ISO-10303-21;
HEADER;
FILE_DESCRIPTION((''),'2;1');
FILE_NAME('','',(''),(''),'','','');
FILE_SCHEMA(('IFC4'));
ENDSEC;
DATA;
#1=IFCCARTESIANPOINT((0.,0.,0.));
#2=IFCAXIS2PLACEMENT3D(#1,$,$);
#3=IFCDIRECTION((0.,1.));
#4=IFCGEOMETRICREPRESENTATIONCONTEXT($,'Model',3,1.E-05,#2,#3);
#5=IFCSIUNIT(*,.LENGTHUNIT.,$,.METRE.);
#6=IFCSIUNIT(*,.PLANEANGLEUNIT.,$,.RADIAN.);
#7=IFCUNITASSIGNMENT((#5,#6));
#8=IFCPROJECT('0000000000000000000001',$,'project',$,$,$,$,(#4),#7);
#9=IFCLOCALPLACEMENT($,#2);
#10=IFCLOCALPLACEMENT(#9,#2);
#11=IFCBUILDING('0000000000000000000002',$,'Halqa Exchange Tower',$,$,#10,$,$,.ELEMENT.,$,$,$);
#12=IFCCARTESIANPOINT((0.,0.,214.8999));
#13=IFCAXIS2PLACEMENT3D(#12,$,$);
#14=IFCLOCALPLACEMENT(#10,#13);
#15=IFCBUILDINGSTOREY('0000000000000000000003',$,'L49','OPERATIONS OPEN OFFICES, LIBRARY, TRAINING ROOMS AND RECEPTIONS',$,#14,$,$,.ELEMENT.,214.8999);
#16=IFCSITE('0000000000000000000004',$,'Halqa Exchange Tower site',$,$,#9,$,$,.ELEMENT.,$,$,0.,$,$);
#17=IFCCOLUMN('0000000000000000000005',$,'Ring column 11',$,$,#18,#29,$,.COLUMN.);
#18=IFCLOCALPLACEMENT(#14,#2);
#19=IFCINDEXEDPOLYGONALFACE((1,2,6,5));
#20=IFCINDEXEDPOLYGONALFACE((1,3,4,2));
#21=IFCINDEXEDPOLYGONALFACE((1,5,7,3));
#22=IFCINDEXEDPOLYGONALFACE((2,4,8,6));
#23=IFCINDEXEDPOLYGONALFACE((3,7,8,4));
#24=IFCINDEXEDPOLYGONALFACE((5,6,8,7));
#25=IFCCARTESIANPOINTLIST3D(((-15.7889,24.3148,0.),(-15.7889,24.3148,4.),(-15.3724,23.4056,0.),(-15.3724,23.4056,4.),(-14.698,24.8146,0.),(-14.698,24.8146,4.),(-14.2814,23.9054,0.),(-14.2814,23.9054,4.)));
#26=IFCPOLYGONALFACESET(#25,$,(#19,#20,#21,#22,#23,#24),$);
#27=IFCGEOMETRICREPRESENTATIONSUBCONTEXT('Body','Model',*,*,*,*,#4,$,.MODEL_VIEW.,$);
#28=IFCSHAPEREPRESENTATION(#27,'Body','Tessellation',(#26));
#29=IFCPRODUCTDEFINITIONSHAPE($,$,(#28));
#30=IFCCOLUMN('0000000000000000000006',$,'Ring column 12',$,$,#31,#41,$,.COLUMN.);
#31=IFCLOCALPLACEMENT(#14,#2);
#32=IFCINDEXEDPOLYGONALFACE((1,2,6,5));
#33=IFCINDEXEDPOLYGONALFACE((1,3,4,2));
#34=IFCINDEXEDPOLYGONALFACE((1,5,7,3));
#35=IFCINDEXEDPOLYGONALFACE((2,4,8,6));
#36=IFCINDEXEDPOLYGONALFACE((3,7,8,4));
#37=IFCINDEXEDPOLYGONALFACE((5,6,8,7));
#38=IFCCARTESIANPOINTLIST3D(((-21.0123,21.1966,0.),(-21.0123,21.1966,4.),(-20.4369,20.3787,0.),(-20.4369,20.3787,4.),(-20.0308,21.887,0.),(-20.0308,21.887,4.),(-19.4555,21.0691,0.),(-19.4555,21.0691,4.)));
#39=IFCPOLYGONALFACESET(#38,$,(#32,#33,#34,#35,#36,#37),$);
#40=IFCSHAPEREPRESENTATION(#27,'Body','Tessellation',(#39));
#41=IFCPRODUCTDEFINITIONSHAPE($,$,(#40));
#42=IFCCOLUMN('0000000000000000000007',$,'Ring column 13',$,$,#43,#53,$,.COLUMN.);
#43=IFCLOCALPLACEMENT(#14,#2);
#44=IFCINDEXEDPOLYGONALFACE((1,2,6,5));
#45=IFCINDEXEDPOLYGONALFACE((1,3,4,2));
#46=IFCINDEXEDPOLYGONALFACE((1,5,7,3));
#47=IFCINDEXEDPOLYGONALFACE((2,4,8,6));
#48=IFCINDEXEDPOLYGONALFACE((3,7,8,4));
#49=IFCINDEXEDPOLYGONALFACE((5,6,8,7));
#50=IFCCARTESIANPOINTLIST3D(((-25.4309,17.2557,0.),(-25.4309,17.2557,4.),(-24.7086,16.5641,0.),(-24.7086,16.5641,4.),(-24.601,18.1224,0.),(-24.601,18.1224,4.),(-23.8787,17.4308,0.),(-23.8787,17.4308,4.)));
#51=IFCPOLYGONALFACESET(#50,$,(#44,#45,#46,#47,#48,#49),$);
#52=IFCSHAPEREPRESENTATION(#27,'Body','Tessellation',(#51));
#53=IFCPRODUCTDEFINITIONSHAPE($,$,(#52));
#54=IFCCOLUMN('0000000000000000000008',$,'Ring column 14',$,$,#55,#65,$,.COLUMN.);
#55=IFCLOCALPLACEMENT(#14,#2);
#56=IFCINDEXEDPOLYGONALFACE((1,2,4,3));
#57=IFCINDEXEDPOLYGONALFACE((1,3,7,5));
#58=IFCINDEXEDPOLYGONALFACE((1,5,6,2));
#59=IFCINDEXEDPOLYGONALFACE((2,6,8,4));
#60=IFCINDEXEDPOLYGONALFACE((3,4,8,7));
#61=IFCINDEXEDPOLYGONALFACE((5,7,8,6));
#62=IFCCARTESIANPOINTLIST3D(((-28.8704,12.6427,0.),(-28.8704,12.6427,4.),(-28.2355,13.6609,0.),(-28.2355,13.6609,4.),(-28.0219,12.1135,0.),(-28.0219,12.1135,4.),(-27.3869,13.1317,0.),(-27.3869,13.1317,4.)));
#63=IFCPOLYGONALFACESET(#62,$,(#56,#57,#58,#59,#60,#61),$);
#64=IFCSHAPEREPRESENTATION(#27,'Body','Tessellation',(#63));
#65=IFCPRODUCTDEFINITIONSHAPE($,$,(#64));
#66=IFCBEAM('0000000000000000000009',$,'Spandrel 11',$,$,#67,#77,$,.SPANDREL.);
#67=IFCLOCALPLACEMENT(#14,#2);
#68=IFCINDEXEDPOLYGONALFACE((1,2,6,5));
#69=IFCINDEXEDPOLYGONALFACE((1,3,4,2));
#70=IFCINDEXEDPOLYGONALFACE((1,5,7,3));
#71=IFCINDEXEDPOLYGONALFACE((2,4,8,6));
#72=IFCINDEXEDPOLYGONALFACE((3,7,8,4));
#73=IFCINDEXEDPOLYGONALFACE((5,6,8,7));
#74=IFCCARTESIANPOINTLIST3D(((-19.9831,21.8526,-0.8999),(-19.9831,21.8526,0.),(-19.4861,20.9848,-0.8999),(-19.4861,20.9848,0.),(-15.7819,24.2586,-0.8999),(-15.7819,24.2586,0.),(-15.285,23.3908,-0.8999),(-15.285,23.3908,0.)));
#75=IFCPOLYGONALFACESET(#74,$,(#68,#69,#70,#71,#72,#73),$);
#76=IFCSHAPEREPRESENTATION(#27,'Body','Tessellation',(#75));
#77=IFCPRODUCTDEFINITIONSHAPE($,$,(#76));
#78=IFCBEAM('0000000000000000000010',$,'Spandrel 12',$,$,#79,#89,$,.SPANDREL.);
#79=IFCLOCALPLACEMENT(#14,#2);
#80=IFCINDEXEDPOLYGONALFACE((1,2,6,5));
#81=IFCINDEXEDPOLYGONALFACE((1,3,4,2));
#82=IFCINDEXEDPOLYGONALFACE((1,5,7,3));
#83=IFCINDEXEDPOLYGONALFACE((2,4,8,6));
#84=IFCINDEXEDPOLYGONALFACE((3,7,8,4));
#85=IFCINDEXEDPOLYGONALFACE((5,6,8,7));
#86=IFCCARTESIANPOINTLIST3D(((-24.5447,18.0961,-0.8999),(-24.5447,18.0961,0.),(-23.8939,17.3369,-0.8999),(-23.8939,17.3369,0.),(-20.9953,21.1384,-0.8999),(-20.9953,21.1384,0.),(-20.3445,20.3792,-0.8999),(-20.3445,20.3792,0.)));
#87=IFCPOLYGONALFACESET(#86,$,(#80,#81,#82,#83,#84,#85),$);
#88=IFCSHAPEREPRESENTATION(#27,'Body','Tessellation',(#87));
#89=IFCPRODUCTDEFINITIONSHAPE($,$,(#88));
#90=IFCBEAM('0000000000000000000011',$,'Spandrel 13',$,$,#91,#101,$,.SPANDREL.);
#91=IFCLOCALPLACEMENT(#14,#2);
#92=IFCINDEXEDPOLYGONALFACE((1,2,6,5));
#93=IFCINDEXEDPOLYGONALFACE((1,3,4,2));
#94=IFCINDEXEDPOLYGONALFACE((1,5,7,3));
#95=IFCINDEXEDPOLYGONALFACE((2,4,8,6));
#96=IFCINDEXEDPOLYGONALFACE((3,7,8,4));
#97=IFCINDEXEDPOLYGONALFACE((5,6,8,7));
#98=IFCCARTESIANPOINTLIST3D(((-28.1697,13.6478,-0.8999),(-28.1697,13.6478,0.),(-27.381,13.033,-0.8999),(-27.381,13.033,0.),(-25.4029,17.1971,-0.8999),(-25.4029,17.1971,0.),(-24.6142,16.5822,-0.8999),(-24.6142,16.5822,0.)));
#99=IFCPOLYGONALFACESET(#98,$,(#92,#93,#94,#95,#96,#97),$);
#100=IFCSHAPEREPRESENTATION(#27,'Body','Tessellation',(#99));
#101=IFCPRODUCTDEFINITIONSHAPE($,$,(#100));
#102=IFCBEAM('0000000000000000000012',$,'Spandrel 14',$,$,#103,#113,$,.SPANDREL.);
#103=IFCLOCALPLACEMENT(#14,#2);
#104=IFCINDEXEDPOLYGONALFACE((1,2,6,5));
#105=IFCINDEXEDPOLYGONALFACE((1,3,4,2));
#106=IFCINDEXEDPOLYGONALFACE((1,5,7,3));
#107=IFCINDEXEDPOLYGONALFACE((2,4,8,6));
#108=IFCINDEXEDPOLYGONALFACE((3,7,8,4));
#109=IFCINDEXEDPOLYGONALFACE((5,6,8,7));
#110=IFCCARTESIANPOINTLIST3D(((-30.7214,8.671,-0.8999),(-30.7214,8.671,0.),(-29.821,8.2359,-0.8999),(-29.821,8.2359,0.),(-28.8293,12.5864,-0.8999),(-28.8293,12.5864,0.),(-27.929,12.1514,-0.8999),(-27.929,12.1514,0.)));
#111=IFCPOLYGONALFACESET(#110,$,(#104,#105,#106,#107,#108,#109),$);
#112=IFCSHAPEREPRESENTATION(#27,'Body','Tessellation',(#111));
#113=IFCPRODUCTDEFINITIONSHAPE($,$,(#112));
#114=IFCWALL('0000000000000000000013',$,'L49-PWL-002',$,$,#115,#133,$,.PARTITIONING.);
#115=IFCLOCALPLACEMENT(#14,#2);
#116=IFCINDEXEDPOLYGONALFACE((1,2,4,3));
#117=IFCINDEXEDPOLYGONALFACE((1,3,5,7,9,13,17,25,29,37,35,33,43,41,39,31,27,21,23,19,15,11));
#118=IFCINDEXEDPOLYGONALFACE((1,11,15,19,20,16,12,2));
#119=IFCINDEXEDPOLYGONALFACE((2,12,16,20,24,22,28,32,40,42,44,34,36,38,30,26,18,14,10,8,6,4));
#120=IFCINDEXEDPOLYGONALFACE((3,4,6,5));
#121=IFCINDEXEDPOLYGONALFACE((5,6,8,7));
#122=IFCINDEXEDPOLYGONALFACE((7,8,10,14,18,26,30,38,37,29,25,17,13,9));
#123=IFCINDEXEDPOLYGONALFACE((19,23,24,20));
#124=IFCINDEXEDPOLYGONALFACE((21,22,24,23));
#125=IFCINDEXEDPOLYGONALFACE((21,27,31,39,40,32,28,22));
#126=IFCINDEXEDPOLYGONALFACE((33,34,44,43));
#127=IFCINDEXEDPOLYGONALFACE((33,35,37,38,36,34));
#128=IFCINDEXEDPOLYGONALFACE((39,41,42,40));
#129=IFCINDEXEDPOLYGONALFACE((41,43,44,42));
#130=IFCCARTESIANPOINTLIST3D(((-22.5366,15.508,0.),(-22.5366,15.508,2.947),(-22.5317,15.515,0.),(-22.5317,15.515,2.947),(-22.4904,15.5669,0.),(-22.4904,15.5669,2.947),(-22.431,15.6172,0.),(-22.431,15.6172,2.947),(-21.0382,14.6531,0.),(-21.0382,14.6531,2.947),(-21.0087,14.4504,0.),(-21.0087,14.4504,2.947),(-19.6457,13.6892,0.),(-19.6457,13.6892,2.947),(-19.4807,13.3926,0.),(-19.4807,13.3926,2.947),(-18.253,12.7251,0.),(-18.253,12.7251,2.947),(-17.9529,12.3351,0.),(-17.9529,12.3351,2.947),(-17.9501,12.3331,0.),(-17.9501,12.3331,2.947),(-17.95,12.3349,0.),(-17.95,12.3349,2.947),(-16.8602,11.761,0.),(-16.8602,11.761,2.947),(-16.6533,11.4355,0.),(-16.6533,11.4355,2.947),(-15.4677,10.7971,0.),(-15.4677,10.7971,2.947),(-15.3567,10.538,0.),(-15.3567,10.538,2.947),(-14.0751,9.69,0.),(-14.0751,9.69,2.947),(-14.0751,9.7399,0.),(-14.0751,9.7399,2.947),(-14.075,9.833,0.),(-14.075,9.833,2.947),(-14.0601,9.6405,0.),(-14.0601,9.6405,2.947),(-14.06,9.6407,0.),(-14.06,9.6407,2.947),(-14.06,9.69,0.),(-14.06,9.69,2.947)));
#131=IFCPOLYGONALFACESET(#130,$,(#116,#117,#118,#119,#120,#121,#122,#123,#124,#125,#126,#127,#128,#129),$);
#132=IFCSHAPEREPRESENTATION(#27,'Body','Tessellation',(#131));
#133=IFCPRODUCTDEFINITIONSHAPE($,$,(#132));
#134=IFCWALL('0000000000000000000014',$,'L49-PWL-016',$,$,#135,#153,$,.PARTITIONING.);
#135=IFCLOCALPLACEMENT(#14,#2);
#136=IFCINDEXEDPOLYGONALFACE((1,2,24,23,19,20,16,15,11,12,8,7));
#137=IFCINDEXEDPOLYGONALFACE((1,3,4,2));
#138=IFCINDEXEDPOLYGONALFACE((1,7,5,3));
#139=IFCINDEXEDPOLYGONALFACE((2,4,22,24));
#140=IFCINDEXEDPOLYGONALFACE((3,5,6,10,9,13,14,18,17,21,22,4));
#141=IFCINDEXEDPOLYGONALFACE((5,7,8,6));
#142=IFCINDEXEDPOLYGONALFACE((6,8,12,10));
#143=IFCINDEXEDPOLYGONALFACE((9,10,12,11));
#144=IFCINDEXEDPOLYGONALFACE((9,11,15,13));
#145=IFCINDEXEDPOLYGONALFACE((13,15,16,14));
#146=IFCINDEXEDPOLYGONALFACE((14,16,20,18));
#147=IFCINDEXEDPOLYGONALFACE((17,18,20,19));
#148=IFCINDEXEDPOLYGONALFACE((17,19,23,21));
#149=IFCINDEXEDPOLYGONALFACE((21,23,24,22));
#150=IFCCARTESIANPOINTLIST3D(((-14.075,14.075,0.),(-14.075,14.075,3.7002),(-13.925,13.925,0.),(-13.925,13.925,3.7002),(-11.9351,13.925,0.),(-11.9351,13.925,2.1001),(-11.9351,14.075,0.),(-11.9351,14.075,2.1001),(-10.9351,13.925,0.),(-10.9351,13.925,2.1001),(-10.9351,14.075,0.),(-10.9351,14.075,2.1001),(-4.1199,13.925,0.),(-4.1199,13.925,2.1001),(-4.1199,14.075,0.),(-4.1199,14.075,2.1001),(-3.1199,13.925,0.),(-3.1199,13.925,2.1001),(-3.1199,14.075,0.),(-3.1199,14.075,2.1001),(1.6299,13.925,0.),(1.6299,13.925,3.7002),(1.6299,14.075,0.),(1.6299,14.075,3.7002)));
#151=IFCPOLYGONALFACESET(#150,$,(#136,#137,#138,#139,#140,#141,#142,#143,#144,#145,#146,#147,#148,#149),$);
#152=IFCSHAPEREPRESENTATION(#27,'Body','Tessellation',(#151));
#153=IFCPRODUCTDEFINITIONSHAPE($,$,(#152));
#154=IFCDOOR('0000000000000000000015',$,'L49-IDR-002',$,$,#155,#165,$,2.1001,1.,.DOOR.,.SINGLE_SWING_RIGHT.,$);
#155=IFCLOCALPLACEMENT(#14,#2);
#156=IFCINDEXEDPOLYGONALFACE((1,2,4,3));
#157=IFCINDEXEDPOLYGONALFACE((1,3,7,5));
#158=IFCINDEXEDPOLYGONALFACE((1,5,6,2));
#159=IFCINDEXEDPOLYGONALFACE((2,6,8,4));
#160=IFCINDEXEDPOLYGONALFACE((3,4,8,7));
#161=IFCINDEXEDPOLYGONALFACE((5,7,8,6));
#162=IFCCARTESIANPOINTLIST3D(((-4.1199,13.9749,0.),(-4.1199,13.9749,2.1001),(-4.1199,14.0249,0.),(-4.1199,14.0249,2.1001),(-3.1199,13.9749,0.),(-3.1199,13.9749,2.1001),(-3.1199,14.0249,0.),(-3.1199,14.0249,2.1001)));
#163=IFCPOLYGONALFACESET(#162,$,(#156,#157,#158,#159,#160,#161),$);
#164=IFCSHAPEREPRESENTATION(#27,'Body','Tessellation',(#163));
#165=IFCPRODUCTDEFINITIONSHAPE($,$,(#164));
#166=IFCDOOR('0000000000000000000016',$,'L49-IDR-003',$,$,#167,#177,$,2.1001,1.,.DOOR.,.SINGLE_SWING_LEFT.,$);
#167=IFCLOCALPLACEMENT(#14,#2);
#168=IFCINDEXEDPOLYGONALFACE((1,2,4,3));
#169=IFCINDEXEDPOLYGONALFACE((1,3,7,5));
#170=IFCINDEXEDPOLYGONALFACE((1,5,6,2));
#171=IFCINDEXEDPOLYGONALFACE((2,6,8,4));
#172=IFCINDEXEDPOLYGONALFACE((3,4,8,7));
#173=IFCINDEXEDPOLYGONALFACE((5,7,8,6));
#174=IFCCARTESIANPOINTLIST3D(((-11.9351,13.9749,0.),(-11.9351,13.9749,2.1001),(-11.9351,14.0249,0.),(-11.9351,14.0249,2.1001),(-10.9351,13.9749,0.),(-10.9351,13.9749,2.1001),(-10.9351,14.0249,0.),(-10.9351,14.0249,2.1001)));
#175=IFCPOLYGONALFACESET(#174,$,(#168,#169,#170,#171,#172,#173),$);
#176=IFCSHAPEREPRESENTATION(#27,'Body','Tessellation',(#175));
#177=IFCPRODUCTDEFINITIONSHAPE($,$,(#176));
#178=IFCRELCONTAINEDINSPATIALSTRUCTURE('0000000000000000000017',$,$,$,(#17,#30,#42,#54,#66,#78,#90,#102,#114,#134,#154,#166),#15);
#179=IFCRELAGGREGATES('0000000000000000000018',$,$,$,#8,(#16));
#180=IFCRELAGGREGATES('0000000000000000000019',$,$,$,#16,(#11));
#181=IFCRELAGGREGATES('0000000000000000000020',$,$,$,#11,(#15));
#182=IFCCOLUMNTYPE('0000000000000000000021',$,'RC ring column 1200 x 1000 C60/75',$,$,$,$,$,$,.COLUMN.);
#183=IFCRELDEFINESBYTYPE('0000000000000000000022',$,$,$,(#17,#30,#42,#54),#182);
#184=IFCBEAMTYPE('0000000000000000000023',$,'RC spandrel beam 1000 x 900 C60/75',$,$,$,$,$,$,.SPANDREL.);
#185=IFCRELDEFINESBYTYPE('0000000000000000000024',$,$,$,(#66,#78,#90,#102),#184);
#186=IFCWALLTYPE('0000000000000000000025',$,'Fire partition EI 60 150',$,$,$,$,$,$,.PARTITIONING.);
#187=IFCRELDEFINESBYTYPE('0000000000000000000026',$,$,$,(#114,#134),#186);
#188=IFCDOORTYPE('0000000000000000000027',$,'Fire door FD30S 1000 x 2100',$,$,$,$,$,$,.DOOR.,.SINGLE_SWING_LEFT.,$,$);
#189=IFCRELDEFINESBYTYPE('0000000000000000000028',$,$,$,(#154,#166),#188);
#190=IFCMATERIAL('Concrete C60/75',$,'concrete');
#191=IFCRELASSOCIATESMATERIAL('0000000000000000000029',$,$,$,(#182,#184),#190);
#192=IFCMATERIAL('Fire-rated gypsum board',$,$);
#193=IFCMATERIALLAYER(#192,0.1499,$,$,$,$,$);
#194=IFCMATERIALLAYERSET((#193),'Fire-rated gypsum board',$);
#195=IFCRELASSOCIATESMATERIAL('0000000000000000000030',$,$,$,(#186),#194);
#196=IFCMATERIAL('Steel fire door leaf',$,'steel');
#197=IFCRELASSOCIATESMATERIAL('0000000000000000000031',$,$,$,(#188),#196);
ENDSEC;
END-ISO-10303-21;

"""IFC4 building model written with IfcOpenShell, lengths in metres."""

from ifc_helpers import new_model, si_unit, direction, frame, frame_2d, origin, origin_2d, place, context, subcontext, project, spatial, polyline, rectangle, outline, extrude, material, layer, layer_set, material_profile, profile_set, type_object, element, fill, save


model = new_model("IFC4")

# Units and contexts
model_context = context("Model", 3, precision=1e-05, world=origin(), true_north=direction((0.0, 1.0)))
body_context = subcontext(model_context, "Body", "Model", "MODEL_VIEW")
ifc_project = project(units=[si_unit("LENGTHUNIT", "METRE"), si_unit("PLANEANGLEUNIT", "RADIAN")], contexts=[model_context])

# Site, building, storey
site_placement = place(None, origin())
site = spatial("IfcSite", under=ifc_project, at=site_placement, Name="Halqa Exchange Tower site", CompositionType="ELEMENT", RefElevation=0.0)
building_placement = place(site_placement, origin())
building = spatial("IfcBuilding", under=site, at=building_placement, Name="Halqa Exchange Tower", CompositionType="ELEMENT")
storey_placement = place(building_placement, frame((0.0, 0.0, 214.8999)))
storey = spatial("IfcBuildingStorey", under=building, at=storey_placement, Name="L49", Description="OPERATIONS OPEN OFFICES, LIBRARY, TRAINING ROOMS AND RECEPTIONS", CompositionType="ELEMENT", Elevation=214.8999)

# Columns
ifc_material_1 = material(Name="Concrete C60/75", Category="concrete")
ifc_material_profile_1 = material_profile(ifc_material_1, rectangle(XDim=1.2, YDim=1.0, at=origin_2d()), Name="1200 x 1000")
ifc_profile_set_1 = profile_set([ifc_material_profile_1], Name="Concrete C60/75")
column_type = type_object("IfcColumnType", Name="RC ring column 1200 x 1000 C60/75", PredefinedType="COLUMN", material=ifc_profile_set_1)
for number, where, z_axis, x_axis, name in (
    (1, (-15.0352, 24.1101, 0.0), (0.0, 0.0, 1.0), (-0.909129, -0.416514, 0.0), "Ring column 11"),
    (2, (-20.2339, 21.1328, 0.0), (0.0, 0.0, 1.0), (-0.817906, -0.575352, 0.0), "Ring column 12"),
    (3, (-24.6548, 17.3433, 0.0), (0.0, 0.0, 1.0), (-0.691575, -0.722305, 0.0), "Ring column 13"),
    (4, (-28.1287, 12.8872, 0.0), (0.0, 0.0, 1.0), (-0.529145, -0.848531, 0.0), "Ring column 14"),
):
    element("IfcColumn", number, at=place(storey_placement, frame(where, z_axis=z_axis, x_axis=x_axis)), inside=storey, type_object=column_type, Name=name, PredefinedType="COLUMN", context=body_context, shape_type="SweptSolid", body=[
        extrude(rectangle(XDim=1.2, YDim=1.0, at=origin_2d()), origin(), (0.0, 0.0, 1.0), 4.0),
    ])

# Beams
ifc_material_profile_2 = material_profile(ifc_material_1, rectangle(XDim=1.0, YDim=0.8999, at=origin_2d()), Name="1000 x 900")
ifc_profile_set_2 = profile_set([ifc_material_profile_2], Name="Concrete C60/75")
beam_type = type_object("IfcBeamType", Name="RC spandrel beam 1000 x 900 C60/75", PredefinedType="SPANDREL", material=ifc_profile_set_2)
beam_1_placement = place(storey_placement, frame((-15.5334, 23.8247, -0.45), z_axis=(-0.867768, -0.49697, 0.0), x_axis=(0.49697, -0.867768, 0.0)))
element("IfcBeam", 5, at=beam_1_placement, inside=storey, type_object=beam_type, Name="Spandrel 11", PredefinedType="SPANDREL", context=body_context, shape_type="SweptSolid", body=[
    extrude(rectangle(XDim=1.0, YDim=0.8999, at=origin_2d()), origin(), (0.0, 0.0, 1.0), 4.8413),
])
beam_2_placement = place(storey_placement, frame((-20.6699, 20.7588, -0.45), z_axis=(-0.75926, -0.650787, 0.0), x_axis=(0.650787, -0.75926, 0.0)))
element("IfcBeam", 6, at=beam_2_placement, inside=storey, type_object=beam_type, Name="Spandrel 12", PredefinedType="SPANDREL", context=body_context, shape_type="SweptSolid", body=[
    extrude(rectangle(XDim=1.0, YDim=0.8999, at=origin_2d()), origin(), (0.0, 0.0, 1.0), 4.6748),
])
beam_3_placement = place(storey_placement, frame((-25.0085, 16.8896, -0.45), z_axis=(-0.614808, -0.788677, 0.0), x_axis=(0.788677, -0.614808, 0.0)))
element("IfcBeam", 7, at=beam_3_placement, inside=storey, type_object=beam_type, Name="Spandrel 13", PredefinedType="SPANDREL", context=body_context, shape_type="SweptSolid", body=[
    extrude(rectangle(XDim=1.0, YDim=0.8999, at=origin_2d()), origin(), (0.0, 0.0, 1.0), 4.5002),
])
beam_4_placement = place(storey_placement, frame((-28.3792, 12.3689, -0.45), z_axis=(-0.435091, -0.900386, 0.0), x_axis=(0.900386, -0.435091, 0.0)))
element("IfcBeam", 8, at=beam_4_placement, inside=storey, type_object=beam_type, Name="Spandrel 14", PredefinedType="SPANDREL", context=body_context, shape_type="SweptSolid", body=[
    extrude(rectangle(XDim=1.0, YDim=0.8999, at=origin_2d()), origin(), (0.0, 0.0, 1.0), 4.3486),
])

# Wall
ifc_material_2 = material(Name="Fire-rated gypsum board")
ifc_layer_1 = layer(ifc_material_2, 0.1499)
ifc_layer_set_1 = layer_set([ifc_layer_1], Name="Fire-rated gypsum board")
wall_type_1 = type_object("IfcWallType", Name="Fire partition EI 60 150", PredefinedType="PARTITIONING", material=ifc_layer_set_1)
wall_1_placement = place(storey_placement, frame((-22.4939, 15.5696, 0.0), z_axis=(0.0, 0.0, 1.0), x_axis=(0.822228, -0.569158, 0.0)))
element("IfcWall", 9, at=wall_1_placement, inside=storey, type_object=wall_type_1, Name="L49-PWL-002", PredefinedType="PARTITIONING", context=body_context, shape_type="SweptSolid", body=[
    extrude(outline(polyline([(0.0, -0.075), (1.8582, -0.075), (3.7166, -0.075), (5.5747, -0.075), (5.5771, -0.0735), (5.5781, -0.075), (7.1553, -0.075), (8.7322, -0.075), (10.3091, -0.075), (10.3091, -0.0747), (10.281, -0.0342), (10.2686, -0.0427), (10.2402, -0.0017), (10.2402, -0.0017), (10.1873, 0.075), (8.4934, 0.075), (6.7998, 0.075), (5.106, 0.075), (3.4121, 0.075), (1.7185, 0.075), (0.0247, 0.075), (0.0044, -0.0002), (0.0, -0.0664), (0.0, -0.075)])), origin(), (0.0, 0.0, 1.0), 2.947),
])

# Wall, openings, doors
wall_2_placement = place(storey_placement, frame((-14.075, 14.0, 0.0), z_axis=(0.0, 0.0, 1.0), x_axis=(1.0, 0.0, 0.0)))
wall_2 = element("IfcWall", 10, at=wall_2_placement, inside=storey, type_object=wall_type_1, Name="L49-PWL-016", PredefinedType="PARTITIONING", context=body_context, shape_type="SweptSolid", body=[
    extrude(outline(polyline([(15.7048, 0.075), (13.7417, 0.075), (11.7786, 0.075), (9.8154, 0.075), (7.8525, 0.075), (5.8894, 0.075), (3.9263, 0.075), (1.9631, 0.075), (0.0, 0.075), (0.1499, -0.075), (2.0942, -0.075), (4.0386, -0.075), (5.9829, -0.075), (7.9272, -0.075), (9.8718, -0.075), (11.8162, -0.075), (13.7605, -0.075), (15.7048, -0.075), (15.7048, 0.075)])), origin(), (0.0, 0.0, 1.0), 3.7002),
])
opening_1_placement = place(wall_2_placement, frame((9.9551, 0.0, 0.0)))
opening_1 = element("IfcOpeningElement", 11, at=opening_1_placement, cuts=wall_2, PredefinedType="OPENING", context=body_context, shape_type="SweptSolid", body=[
    extrude(rectangle(XDim=1.0, YDim=2.1001, at=frame_2d((0.5, 1.05))), frame((0.0, 0.0869, 0.0), z_axis=(0.0, -1.0, 0.0), x_axis=(1.0, 0.0, 0.0)), (0.0, 0.0, 1.0), 0.1738),
])
opening_2_placement = place(wall_2_placement, frame((2.1399, 0.0, 0.0)))
opening_2 = element("IfcOpeningElement", 12, at=opening_2_placement, cuts=wall_2, PredefinedType="OPENING", context=body_context, shape_type="SweptSolid", body=[
    extrude(rectangle(XDim=1.0, YDim=2.1001, at=frame_2d((0.5, 1.05))), frame((0.0, 0.0869, 0.0), z_axis=(0.0, -1.0, 0.0), x_axis=(1.0, 0.0, 0.0)), (0.0, 0.0, 1.0), 0.1738),
])
ifc_material_3 = material(Name="Steel fire door leaf", Category="steel")
door_type_1 = type_object("IfcDoorType", Name="Fire door FD30S 1000 x 2100", OperationType="SINGLE_SWING_LEFT", PredefinedType="DOOR", material=ifc_material_3)
door_1_placement = place(opening_1_placement, origin())
door_1 = element("IfcDoor", 13, at=door_1_placement, inside=storey, type_object=door_type_1, Name="L49-IDR-002", OperationType="SINGLE_SWING_RIGHT", OverallHeight=2.1001, OverallWidth=1.0, PredefinedType="DOOR", context=body_context, shape_type="SweptSolid", body=[
    extrude(rectangle(XDim=1.0, YDim=2.1001, at=frame_2d((0.5, 1.05))), frame((0.0, 0.0249, 0.0), z_axis=(0.0, -1.0, 0.0), x_axis=(1.0, 0.0, 0.0)), (0.0, 0.0, 1.0), 0.05),
])
fill(opening_1, door_1)
door_2_placement = place(opening_2_placement, origin())
door_2 = element("IfcDoor", 14, at=door_2_placement, inside=storey, type_object=door_type_1, Name="L49-IDR-003", OperationType="SINGLE_SWING_LEFT", OverallHeight=2.1001, OverallWidth=1.0, PredefinedType="DOOR", context=body_context, shape_type="SweptSolid", body=[
    extrude(rectangle(XDim=1.0, YDim=2.1001, at=frame_2d((0.5, 1.05))), frame((0.0, 0.0249, 0.0), z_axis=(0.0, -1.0, 0.0), x_axis=(1.0, 0.0, 0.0)), (0.0, 0.0, 1.0), 0.05),
])
fill(opening_2, door_2)

save(model, "model.ifc")
